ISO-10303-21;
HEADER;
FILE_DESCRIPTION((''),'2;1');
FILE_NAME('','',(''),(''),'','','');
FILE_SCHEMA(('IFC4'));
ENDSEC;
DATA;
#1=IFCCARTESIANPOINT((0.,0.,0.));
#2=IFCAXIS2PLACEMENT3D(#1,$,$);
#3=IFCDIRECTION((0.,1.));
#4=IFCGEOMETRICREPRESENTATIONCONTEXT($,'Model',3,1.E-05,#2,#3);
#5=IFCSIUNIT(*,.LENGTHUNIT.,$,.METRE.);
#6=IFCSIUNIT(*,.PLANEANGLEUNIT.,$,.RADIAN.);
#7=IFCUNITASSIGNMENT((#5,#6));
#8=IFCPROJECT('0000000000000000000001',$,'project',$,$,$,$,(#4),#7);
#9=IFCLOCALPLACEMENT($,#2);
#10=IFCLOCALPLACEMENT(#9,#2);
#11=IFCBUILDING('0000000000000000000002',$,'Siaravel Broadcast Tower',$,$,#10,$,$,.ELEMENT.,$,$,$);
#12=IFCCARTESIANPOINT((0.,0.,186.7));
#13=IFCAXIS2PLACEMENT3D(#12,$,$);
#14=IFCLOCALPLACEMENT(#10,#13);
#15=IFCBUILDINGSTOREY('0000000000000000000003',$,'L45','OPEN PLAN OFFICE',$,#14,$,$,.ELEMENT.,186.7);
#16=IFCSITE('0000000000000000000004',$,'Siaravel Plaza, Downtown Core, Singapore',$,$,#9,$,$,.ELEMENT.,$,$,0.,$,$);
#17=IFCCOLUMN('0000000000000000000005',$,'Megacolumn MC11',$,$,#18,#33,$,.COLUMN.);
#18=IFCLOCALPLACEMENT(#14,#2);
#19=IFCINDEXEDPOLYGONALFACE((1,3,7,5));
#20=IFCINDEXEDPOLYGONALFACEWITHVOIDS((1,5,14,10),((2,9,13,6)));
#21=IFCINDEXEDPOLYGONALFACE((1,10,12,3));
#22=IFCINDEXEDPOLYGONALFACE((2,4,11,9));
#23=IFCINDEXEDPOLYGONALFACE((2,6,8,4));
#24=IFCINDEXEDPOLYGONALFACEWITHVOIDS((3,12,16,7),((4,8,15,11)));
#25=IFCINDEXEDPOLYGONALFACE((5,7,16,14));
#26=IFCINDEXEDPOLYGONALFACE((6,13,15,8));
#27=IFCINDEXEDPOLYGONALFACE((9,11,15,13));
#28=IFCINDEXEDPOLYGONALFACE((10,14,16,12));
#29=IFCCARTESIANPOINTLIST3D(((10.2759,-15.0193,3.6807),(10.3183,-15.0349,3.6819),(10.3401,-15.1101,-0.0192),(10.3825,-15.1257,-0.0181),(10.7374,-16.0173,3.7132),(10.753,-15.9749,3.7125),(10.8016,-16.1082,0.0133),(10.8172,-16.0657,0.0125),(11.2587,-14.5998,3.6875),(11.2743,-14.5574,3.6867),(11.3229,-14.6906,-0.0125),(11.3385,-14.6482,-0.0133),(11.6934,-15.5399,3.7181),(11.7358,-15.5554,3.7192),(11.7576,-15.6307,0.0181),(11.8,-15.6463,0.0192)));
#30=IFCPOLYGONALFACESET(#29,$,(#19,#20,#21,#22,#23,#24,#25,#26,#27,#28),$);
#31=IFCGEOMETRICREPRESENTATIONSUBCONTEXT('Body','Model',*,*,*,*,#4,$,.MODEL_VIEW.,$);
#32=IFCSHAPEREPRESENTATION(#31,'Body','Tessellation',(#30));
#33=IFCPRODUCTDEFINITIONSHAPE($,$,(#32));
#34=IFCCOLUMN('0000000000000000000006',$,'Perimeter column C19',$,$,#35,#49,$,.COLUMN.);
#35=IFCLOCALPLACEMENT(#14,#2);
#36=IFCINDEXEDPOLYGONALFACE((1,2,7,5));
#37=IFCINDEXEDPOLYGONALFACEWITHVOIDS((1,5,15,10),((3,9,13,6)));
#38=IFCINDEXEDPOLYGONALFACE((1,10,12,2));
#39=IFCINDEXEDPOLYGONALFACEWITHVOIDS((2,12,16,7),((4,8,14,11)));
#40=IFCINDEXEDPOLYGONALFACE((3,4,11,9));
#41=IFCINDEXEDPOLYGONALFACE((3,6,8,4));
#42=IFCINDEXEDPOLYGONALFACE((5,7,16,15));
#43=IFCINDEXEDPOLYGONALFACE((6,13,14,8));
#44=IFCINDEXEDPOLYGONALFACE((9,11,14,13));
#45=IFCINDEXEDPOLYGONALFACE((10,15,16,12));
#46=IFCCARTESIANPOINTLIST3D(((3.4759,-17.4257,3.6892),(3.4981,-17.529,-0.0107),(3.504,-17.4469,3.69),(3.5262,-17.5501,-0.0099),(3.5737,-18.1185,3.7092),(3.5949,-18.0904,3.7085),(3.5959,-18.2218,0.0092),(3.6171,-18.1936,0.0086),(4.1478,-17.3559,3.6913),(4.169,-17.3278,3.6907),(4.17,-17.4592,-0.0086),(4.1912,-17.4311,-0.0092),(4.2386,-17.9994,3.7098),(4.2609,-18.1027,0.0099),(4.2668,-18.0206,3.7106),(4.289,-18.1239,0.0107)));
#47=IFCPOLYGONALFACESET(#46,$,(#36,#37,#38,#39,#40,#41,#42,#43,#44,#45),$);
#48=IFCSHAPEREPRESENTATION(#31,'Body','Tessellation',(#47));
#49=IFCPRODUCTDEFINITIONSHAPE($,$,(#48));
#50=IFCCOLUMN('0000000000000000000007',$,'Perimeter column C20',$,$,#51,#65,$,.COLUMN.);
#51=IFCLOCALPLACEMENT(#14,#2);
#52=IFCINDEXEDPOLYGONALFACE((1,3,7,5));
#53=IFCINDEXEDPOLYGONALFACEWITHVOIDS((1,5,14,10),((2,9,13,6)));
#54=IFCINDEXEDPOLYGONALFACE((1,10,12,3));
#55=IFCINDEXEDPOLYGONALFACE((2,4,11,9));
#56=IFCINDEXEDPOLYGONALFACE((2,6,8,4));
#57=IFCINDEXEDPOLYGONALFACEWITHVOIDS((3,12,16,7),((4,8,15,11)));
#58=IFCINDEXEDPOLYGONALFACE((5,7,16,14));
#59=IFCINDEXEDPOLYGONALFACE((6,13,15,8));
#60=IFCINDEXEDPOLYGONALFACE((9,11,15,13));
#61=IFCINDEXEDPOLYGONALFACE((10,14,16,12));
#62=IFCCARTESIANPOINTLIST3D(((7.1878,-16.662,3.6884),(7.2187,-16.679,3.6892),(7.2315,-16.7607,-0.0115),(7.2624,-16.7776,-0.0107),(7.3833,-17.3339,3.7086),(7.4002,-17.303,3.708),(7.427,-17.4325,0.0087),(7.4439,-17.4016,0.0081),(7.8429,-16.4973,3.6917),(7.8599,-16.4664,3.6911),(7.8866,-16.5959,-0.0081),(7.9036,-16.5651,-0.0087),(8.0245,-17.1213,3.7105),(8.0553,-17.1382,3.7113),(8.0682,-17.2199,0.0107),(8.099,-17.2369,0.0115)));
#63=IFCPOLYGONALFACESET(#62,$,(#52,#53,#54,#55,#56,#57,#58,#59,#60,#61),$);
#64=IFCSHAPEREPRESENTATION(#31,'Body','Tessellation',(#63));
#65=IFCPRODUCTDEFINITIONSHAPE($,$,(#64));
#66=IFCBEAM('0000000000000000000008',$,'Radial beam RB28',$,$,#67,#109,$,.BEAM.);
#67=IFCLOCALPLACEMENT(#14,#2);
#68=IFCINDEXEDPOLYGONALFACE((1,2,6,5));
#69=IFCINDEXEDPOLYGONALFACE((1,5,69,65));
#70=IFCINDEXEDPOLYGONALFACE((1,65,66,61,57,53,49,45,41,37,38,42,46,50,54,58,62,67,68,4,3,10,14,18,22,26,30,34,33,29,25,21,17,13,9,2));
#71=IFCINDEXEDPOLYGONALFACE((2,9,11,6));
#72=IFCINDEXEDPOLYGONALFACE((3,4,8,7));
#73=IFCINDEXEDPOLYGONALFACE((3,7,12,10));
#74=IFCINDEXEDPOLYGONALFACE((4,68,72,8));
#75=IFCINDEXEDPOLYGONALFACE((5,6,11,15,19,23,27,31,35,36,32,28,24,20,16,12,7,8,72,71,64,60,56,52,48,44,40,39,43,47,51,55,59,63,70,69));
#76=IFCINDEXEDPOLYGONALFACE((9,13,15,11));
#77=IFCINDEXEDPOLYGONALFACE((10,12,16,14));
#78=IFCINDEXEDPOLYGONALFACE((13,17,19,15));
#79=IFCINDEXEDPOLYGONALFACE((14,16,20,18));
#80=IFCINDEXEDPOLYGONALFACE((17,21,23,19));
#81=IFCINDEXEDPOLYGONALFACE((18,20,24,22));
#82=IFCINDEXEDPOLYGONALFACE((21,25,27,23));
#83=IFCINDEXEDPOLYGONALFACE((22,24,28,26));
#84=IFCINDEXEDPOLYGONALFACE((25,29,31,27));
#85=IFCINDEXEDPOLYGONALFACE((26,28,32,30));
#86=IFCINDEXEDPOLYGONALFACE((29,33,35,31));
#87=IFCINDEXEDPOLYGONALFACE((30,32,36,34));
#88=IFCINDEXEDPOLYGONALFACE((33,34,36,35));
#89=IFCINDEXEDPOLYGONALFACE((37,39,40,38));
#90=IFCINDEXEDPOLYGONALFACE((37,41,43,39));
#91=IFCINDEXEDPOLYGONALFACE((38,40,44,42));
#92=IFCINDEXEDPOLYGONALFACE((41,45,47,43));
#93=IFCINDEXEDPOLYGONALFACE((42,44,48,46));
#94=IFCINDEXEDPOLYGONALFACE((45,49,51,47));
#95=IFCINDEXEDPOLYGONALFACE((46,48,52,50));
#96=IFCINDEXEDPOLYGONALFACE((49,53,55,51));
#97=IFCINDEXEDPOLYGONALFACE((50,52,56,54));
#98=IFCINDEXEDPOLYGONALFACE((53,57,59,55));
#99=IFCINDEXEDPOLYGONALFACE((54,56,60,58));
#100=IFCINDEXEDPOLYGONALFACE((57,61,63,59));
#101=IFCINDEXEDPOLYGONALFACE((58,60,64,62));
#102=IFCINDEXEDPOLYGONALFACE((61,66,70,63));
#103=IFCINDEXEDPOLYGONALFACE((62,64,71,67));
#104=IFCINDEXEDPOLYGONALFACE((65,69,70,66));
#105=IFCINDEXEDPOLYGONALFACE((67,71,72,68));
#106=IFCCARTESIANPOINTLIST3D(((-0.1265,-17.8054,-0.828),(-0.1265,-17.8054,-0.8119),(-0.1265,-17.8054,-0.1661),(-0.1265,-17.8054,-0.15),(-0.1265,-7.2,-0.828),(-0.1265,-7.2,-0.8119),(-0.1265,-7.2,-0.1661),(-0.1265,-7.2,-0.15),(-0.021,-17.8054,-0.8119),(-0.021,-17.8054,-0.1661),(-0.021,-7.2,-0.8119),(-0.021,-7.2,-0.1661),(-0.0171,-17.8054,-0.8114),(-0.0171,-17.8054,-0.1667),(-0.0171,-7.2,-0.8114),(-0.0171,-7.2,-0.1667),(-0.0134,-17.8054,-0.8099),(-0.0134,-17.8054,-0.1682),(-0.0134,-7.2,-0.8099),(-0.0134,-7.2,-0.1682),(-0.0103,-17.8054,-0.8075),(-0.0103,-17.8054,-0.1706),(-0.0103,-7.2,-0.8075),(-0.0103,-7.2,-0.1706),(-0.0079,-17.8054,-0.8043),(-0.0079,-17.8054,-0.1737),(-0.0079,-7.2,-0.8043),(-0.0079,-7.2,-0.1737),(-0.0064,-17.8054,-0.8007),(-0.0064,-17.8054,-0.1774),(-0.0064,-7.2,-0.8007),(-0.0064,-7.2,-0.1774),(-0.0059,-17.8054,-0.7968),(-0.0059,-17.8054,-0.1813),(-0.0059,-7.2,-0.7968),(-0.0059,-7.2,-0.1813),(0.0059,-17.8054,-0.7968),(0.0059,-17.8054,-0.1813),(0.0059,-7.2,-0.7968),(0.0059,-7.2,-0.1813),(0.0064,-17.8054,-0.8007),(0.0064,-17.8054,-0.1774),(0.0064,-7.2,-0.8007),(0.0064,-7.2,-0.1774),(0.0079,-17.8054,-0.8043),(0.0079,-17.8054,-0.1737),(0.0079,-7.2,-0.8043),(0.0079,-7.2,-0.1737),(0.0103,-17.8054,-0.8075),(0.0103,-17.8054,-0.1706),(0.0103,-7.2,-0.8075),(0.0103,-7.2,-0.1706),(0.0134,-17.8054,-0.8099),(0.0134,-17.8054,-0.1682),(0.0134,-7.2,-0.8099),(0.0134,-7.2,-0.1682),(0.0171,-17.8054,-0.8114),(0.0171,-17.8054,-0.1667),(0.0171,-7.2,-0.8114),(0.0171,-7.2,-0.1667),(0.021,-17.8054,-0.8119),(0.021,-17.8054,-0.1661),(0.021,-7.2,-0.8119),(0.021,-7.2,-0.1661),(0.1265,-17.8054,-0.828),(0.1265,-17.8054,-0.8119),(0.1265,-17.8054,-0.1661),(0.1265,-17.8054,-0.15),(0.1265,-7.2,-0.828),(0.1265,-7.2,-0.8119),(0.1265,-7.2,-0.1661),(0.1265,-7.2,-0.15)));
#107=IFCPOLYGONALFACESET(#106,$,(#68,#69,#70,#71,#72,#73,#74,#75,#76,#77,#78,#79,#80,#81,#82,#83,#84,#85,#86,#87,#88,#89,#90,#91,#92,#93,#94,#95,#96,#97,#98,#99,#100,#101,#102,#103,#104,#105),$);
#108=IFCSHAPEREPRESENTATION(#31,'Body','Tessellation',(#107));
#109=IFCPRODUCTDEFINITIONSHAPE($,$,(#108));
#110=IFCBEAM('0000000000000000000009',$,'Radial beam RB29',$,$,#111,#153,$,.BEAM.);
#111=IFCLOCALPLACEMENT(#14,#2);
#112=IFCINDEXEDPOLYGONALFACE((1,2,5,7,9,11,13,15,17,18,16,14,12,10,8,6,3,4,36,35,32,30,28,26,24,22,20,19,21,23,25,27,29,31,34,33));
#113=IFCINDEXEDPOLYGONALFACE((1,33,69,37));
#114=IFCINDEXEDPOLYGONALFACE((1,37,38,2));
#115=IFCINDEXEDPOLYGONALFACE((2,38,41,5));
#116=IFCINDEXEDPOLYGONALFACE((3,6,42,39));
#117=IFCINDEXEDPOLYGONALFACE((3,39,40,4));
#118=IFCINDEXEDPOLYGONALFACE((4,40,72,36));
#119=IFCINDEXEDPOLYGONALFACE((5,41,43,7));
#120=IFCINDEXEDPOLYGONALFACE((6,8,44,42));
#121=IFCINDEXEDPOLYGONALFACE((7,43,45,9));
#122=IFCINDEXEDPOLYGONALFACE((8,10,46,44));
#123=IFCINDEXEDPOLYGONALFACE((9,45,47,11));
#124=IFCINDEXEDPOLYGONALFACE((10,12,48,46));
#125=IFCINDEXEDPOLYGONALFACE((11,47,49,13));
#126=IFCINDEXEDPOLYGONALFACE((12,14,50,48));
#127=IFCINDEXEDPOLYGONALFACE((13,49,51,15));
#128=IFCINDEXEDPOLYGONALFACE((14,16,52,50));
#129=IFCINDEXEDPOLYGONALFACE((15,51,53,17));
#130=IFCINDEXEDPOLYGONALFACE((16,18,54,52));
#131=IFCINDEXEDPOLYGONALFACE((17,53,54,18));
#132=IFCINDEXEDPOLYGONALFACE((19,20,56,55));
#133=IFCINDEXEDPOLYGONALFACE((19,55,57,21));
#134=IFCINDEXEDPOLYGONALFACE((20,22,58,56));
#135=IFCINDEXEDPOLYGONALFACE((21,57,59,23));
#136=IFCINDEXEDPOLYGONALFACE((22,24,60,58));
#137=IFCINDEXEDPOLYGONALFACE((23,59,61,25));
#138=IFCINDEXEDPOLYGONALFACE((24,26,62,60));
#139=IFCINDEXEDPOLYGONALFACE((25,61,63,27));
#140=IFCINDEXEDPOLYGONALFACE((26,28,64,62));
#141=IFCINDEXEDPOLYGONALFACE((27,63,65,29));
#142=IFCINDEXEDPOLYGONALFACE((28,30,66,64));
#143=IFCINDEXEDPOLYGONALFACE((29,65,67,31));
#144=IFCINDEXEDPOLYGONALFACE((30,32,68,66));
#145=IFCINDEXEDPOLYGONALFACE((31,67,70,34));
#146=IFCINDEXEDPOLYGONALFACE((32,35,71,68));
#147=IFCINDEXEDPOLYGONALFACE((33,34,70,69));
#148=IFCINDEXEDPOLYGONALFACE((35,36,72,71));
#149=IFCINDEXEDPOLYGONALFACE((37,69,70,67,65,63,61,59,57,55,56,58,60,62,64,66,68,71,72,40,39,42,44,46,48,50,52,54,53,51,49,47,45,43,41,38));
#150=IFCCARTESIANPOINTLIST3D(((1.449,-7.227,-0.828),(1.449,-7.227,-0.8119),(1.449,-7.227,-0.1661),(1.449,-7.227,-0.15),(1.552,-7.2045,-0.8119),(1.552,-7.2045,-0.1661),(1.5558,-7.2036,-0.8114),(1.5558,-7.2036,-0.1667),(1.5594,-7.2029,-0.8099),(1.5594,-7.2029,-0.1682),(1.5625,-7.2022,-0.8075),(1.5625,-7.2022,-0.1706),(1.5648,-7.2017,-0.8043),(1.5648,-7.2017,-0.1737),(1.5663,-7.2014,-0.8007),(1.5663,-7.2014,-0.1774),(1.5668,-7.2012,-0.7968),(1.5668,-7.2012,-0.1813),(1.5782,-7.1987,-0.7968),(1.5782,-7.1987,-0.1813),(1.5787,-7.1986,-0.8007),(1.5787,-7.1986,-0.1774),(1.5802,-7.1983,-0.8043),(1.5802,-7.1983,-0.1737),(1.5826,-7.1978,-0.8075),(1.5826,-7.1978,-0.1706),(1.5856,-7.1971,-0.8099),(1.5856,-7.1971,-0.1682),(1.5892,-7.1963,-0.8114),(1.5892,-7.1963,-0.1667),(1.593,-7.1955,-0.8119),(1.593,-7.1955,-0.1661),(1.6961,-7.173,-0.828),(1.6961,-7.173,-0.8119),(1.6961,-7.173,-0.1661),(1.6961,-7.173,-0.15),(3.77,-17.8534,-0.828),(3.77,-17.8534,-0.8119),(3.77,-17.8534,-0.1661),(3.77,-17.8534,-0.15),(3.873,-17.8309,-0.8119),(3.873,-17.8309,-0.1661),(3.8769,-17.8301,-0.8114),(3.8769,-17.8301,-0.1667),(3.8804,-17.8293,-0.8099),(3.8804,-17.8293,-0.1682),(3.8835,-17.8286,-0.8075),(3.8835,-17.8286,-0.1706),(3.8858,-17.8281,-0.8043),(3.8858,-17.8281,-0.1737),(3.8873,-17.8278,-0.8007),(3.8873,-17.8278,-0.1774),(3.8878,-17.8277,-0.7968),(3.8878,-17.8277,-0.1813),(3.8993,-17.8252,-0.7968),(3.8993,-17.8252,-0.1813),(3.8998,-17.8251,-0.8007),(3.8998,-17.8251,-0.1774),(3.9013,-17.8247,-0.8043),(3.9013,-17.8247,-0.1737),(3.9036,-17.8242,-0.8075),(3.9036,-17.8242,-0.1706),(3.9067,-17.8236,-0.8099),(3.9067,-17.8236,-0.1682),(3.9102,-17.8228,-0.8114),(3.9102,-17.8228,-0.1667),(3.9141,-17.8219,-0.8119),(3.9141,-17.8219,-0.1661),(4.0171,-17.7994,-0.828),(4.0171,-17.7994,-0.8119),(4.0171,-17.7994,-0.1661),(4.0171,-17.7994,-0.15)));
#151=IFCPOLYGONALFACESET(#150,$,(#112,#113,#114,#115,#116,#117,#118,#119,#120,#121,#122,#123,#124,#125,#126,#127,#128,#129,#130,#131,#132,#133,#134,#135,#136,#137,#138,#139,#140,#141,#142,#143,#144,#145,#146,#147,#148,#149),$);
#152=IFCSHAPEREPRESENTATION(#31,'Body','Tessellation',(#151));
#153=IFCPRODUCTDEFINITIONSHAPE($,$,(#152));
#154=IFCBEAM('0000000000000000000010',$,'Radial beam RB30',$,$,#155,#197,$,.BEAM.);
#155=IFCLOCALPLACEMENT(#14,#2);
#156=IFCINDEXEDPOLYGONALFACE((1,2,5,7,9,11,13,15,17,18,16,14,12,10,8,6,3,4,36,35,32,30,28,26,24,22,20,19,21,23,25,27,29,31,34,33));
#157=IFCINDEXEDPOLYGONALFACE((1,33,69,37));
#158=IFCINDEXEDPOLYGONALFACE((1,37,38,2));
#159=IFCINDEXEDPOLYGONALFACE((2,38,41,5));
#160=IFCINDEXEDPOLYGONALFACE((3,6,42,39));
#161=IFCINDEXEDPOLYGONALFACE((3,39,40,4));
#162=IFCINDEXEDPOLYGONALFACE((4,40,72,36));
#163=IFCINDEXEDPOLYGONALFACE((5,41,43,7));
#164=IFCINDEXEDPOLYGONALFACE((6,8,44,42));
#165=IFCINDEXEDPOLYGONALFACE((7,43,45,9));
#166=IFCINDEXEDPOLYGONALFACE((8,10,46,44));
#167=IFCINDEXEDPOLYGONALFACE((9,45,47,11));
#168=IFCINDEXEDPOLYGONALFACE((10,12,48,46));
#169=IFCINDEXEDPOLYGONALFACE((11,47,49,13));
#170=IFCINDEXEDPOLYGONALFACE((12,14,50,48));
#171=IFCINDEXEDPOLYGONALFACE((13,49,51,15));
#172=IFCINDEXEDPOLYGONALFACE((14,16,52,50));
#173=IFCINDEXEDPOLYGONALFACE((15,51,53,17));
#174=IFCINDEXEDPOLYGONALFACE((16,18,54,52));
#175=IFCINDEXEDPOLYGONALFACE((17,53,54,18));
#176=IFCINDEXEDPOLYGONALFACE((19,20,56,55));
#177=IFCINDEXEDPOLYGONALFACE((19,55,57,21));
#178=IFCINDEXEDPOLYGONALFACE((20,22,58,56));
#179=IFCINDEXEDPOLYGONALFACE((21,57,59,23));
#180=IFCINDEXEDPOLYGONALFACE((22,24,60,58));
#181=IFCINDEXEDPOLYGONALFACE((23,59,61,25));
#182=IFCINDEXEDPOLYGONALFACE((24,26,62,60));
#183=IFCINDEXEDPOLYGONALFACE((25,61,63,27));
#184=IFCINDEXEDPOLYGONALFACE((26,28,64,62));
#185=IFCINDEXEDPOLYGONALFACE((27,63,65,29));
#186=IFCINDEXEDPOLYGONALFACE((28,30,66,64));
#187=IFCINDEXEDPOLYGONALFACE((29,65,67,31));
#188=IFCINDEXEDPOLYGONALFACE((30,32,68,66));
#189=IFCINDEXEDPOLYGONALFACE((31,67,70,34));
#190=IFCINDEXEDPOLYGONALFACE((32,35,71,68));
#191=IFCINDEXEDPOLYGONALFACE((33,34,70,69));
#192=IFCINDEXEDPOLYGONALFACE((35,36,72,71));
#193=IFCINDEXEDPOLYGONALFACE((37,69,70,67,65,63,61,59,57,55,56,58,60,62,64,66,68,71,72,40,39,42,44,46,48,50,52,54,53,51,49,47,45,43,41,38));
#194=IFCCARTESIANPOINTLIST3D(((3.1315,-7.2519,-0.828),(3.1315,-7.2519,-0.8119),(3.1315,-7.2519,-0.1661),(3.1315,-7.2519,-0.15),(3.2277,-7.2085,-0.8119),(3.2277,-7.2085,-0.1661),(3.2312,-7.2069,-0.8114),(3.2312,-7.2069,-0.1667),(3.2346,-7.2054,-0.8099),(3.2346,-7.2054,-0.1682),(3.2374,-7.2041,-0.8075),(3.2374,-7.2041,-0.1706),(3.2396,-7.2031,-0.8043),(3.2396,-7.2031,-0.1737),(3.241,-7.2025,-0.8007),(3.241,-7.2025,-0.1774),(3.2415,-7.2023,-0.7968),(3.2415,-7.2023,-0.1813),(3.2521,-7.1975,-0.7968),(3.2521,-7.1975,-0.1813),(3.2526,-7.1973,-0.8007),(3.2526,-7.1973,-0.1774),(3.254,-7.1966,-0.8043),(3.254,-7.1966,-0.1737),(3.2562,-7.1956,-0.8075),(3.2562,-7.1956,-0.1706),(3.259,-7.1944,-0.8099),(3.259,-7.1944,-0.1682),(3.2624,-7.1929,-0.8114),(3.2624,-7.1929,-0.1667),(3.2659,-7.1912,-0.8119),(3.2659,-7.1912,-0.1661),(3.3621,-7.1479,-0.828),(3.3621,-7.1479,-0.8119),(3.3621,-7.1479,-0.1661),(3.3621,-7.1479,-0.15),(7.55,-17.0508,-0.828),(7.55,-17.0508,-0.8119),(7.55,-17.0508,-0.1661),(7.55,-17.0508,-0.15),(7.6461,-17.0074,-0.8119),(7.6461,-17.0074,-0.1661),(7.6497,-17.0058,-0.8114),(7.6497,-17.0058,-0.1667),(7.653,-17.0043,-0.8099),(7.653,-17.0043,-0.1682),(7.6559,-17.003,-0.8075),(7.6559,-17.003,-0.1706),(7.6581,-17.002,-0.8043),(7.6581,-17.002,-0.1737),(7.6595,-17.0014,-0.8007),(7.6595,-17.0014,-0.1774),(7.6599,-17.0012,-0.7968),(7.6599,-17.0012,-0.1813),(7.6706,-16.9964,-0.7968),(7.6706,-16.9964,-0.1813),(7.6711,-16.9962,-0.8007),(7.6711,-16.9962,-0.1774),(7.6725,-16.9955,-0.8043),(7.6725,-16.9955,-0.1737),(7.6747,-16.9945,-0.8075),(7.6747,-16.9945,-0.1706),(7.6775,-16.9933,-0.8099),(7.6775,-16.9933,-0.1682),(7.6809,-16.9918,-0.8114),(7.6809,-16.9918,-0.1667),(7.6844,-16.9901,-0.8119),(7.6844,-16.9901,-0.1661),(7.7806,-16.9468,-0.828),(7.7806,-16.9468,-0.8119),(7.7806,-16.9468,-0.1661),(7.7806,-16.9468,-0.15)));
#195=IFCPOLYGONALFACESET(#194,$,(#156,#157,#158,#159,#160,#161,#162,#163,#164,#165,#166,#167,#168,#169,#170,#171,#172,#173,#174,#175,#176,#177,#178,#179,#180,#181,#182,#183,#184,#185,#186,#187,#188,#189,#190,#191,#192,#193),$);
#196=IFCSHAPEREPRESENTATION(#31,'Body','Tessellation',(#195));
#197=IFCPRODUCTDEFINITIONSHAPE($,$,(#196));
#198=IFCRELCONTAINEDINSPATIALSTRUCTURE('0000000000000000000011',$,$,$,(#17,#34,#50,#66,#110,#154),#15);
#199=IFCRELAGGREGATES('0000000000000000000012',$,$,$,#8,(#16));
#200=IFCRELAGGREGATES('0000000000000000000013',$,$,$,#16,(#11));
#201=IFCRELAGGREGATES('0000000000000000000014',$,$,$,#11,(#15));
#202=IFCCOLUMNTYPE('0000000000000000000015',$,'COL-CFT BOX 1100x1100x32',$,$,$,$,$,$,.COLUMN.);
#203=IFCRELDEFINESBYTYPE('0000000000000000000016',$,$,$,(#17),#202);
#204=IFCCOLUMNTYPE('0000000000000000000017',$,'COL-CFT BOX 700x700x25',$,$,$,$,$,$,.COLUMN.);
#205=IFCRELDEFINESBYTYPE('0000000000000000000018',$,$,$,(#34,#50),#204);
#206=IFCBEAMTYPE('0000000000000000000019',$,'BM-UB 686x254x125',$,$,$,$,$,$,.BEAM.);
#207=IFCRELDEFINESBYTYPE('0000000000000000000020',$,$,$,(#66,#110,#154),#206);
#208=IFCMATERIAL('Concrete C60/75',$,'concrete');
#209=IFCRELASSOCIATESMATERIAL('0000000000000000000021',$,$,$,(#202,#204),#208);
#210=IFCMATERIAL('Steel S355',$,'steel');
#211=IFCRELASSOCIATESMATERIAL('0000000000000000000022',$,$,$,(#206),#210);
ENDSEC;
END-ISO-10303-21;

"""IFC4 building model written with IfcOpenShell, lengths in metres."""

from ifc_helpers import new_model, si_unit, direction, frame, origin, origin_2d, place, context, subcontext, project, spatial, hollow_rectangle, i_section, extrude, material, material_profile, profile_set, type_object, element, save


model = new_model("IFC4")

# Units and contexts
model_context = context("Model", 3, precision=1e-05, world=origin(), true_north=direction((0.0, 1.0)))
body_context = subcontext(model_context, "Body", "Model", "MODEL_VIEW")
ifc_project = project(units=[si_unit("LENGTHUNIT", "METRE"), si_unit("PLANEANGLEUNIT", "RADIAN")], contexts=[model_context])

# Site, building, storey
site_placement = place(None, origin())
site = spatial("IfcSite", under=ifc_project, at=site_placement, Name="Siaravel Plaza, Downtown Core, Singapore", CompositionType="ELEMENT", RefElevation=0.0)
building_placement = place(site_placement, origin())
building = spatial("IfcBuilding", under=site, at=building_placement, Name="Siaravel Broadcast Tower", CompositionType="ELEMENT")
storey_placement = place(building_placement, frame((0.0, 0.0, 186.7)))
storey = spatial("IfcBuildingStorey", under=building, at=storey_placement, Name="L45", Description="OPEN PLAN OFFICE", CompositionType="ELEMENT", Elevation=186.7)

# Columns
ifc_material_1 = material(Name="Concrete C60/75", Category="concrete")
ifc_material_profile_1 = material_profile(ifc_material_1, hollow_rectangle(XDim=1.1001, YDim=1.1001, WallThickness=0.032, at=origin_2d()))
ifc_profile_set_1 = profile_set([ifc_material_profile_1], Name="Concrete C60/75")
column_type_1 = type_object("IfcColumnType", Name="COL-CFT BOX 1100x1100x32", PredefinedType="COLUMN", material=ifc_profile_set_1)
column_placement = place(storey_placement, frame((11.0701, -15.3782, 0.0), z_axis=(-0.017346, 0.024535, 0.999548), x_axis=(-0.90757, -0.419866, -0.005444)))
element("IfcColumn", 1, at=column_placement, inside=storey, type_object=column_type_1, Name="Megacolumn MC11", PredefinedType="COLUMN", context=body_context, shape_type="SweptSolid", body=[
    extrude(hollow_rectangle(XDim=1.1001, YDim=1.1001, WallThickness=0.032, at=origin_2d()), origin(), (0.0, 0.0, 1.0), 3.7017),
])
ifc_material_profile_2 = material_profile(ifc_material_1, hollow_rectangle(XDim=0.7, YDim=0.7, WallThickness=0.0249, at=origin_2d()))
ifc_profile_set_2 = profile_set([ifc_material_profile_2], Name="Concrete C60/75")
column_type_2 = type_object("IfcColumnType", Name="COL-CFT BOX 700x700x25", PredefinedType="COLUMN", material=ifc_profile_set_2)
for number, where, z_axis, x_axis, name in (
    (2, (3.8936, -17.8264, 0.0), (-0.006002, 0.0279, 0.999593), (-0.990167, -0.139876, -0.002041), "Perimeter column C19"),
    (3, (7.6653, -16.9988, 0.0), (-0.011806, 0.026647, 0.999575), (-0.960151, -0.279456, -0.003891), "Perimeter column C20"),
):
    element("IfcColumn", number, at=place(storey_placement, frame(where, z_axis=z_axis, x_axis=x_axis)), inside=storey, type_object=column_type_2, Name=name, PredefinedType="COLUMN", context=body_context, shape_type="SweptSolid", body=[
        extrude(hollow_rectangle(XDim=0.7, YDim=0.7, WallThickness=0.0249, at=origin_2d()), origin(), (0.0, 0.0, 1.0), 3.7014),
    ])

# Beams
ifc_material_2 = material(Name="Steel S355", Category="steel")
ifc_material_profile_3 = material_profile(ifc_material_2, i_section(OverallWidth=0.2529, OverallDepth=0.678, WebThickness=0.0117, FlangeThickness=0.0161, FilletRadius=0.0151, at=origin_2d()))
ifc_profile_set_3 = profile_set([ifc_material_profile_3], Name="Steel S355")
beam_type = type_object("IfcBeamType", Name="BM-UB 686x254x125", PredefinedType="BEAM", material=ifc_profile_set_3)
beam_1_placement = place(storey_placement, frame((0.0, -17.8054, -0.489), z_axis=(0.0, 1.0, 0.0), x_axis=(-1.0, 0.0, 0.0)))
element("IfcBeam", 4, at=beam_1_placement, inside=storey, type_object=beam_type, Name="Radial beam RB28", PredefinedType="BEAM", context=body_context, shape_type="SweptSolid", body=[
    extrude(i_section(OverallWidth=0.2529, OverallDepth=0.678, WebThickness=0.0117, FlangeThickness=0.0161, FilletRadius=0.0151, at=origin_2d()), origin(), (0.0, 0.0, 1.0), 10.6055),
])
beam_2_placement = place(storey_placement, frame((3.8936, -17.8264, -0.489), z_axis=(-0.21339, 0.976967, 0.0), x_axis=(-0.976967, -0.21339, 0.0)))
element("IfcBeam", 5, at=beam_2_placement, inside=storey, type_object=beam_type, Name="Radial beam RB29", PredefinedType="BEAM", context=body_context, shape_type="SweptSolid", body=[
    extrude(i_section(OverallWidth=0.2529, OverallDepth=0.678, WebThickness=0.0117, FlangeThickness=0.0161, FilletRadius=0.0151, at=origin_2d()), origin(), (0.0, 0.0, 1.0), 10.877),
])
beam_3_placement = place(storey_placement, frame((7.6653, -16.9988, -0.489), z_axis=(-0.41106, 0.911608, 0.0), x_axis=(-0.911608, -0.41106, 0.0)))
element("IfcBeam", 6, at=beam_3_placement, inside=storey, type_object=beam_type, Name="Radial beam RB30", PredefinedType="BEAM", context=body_context, shape_type="SweptSolid", body=[
    extrude(i_section(OverallWidth=0.2529, OverallDepth=0.678, WebThickness=0.0117, FlangeThickness=0.0161, FilletRadius=0.0151, at=origin_2d()), origin(), (0.0, 0.0, 1.0), 10.749),
])

save(model, "model.ifc")
